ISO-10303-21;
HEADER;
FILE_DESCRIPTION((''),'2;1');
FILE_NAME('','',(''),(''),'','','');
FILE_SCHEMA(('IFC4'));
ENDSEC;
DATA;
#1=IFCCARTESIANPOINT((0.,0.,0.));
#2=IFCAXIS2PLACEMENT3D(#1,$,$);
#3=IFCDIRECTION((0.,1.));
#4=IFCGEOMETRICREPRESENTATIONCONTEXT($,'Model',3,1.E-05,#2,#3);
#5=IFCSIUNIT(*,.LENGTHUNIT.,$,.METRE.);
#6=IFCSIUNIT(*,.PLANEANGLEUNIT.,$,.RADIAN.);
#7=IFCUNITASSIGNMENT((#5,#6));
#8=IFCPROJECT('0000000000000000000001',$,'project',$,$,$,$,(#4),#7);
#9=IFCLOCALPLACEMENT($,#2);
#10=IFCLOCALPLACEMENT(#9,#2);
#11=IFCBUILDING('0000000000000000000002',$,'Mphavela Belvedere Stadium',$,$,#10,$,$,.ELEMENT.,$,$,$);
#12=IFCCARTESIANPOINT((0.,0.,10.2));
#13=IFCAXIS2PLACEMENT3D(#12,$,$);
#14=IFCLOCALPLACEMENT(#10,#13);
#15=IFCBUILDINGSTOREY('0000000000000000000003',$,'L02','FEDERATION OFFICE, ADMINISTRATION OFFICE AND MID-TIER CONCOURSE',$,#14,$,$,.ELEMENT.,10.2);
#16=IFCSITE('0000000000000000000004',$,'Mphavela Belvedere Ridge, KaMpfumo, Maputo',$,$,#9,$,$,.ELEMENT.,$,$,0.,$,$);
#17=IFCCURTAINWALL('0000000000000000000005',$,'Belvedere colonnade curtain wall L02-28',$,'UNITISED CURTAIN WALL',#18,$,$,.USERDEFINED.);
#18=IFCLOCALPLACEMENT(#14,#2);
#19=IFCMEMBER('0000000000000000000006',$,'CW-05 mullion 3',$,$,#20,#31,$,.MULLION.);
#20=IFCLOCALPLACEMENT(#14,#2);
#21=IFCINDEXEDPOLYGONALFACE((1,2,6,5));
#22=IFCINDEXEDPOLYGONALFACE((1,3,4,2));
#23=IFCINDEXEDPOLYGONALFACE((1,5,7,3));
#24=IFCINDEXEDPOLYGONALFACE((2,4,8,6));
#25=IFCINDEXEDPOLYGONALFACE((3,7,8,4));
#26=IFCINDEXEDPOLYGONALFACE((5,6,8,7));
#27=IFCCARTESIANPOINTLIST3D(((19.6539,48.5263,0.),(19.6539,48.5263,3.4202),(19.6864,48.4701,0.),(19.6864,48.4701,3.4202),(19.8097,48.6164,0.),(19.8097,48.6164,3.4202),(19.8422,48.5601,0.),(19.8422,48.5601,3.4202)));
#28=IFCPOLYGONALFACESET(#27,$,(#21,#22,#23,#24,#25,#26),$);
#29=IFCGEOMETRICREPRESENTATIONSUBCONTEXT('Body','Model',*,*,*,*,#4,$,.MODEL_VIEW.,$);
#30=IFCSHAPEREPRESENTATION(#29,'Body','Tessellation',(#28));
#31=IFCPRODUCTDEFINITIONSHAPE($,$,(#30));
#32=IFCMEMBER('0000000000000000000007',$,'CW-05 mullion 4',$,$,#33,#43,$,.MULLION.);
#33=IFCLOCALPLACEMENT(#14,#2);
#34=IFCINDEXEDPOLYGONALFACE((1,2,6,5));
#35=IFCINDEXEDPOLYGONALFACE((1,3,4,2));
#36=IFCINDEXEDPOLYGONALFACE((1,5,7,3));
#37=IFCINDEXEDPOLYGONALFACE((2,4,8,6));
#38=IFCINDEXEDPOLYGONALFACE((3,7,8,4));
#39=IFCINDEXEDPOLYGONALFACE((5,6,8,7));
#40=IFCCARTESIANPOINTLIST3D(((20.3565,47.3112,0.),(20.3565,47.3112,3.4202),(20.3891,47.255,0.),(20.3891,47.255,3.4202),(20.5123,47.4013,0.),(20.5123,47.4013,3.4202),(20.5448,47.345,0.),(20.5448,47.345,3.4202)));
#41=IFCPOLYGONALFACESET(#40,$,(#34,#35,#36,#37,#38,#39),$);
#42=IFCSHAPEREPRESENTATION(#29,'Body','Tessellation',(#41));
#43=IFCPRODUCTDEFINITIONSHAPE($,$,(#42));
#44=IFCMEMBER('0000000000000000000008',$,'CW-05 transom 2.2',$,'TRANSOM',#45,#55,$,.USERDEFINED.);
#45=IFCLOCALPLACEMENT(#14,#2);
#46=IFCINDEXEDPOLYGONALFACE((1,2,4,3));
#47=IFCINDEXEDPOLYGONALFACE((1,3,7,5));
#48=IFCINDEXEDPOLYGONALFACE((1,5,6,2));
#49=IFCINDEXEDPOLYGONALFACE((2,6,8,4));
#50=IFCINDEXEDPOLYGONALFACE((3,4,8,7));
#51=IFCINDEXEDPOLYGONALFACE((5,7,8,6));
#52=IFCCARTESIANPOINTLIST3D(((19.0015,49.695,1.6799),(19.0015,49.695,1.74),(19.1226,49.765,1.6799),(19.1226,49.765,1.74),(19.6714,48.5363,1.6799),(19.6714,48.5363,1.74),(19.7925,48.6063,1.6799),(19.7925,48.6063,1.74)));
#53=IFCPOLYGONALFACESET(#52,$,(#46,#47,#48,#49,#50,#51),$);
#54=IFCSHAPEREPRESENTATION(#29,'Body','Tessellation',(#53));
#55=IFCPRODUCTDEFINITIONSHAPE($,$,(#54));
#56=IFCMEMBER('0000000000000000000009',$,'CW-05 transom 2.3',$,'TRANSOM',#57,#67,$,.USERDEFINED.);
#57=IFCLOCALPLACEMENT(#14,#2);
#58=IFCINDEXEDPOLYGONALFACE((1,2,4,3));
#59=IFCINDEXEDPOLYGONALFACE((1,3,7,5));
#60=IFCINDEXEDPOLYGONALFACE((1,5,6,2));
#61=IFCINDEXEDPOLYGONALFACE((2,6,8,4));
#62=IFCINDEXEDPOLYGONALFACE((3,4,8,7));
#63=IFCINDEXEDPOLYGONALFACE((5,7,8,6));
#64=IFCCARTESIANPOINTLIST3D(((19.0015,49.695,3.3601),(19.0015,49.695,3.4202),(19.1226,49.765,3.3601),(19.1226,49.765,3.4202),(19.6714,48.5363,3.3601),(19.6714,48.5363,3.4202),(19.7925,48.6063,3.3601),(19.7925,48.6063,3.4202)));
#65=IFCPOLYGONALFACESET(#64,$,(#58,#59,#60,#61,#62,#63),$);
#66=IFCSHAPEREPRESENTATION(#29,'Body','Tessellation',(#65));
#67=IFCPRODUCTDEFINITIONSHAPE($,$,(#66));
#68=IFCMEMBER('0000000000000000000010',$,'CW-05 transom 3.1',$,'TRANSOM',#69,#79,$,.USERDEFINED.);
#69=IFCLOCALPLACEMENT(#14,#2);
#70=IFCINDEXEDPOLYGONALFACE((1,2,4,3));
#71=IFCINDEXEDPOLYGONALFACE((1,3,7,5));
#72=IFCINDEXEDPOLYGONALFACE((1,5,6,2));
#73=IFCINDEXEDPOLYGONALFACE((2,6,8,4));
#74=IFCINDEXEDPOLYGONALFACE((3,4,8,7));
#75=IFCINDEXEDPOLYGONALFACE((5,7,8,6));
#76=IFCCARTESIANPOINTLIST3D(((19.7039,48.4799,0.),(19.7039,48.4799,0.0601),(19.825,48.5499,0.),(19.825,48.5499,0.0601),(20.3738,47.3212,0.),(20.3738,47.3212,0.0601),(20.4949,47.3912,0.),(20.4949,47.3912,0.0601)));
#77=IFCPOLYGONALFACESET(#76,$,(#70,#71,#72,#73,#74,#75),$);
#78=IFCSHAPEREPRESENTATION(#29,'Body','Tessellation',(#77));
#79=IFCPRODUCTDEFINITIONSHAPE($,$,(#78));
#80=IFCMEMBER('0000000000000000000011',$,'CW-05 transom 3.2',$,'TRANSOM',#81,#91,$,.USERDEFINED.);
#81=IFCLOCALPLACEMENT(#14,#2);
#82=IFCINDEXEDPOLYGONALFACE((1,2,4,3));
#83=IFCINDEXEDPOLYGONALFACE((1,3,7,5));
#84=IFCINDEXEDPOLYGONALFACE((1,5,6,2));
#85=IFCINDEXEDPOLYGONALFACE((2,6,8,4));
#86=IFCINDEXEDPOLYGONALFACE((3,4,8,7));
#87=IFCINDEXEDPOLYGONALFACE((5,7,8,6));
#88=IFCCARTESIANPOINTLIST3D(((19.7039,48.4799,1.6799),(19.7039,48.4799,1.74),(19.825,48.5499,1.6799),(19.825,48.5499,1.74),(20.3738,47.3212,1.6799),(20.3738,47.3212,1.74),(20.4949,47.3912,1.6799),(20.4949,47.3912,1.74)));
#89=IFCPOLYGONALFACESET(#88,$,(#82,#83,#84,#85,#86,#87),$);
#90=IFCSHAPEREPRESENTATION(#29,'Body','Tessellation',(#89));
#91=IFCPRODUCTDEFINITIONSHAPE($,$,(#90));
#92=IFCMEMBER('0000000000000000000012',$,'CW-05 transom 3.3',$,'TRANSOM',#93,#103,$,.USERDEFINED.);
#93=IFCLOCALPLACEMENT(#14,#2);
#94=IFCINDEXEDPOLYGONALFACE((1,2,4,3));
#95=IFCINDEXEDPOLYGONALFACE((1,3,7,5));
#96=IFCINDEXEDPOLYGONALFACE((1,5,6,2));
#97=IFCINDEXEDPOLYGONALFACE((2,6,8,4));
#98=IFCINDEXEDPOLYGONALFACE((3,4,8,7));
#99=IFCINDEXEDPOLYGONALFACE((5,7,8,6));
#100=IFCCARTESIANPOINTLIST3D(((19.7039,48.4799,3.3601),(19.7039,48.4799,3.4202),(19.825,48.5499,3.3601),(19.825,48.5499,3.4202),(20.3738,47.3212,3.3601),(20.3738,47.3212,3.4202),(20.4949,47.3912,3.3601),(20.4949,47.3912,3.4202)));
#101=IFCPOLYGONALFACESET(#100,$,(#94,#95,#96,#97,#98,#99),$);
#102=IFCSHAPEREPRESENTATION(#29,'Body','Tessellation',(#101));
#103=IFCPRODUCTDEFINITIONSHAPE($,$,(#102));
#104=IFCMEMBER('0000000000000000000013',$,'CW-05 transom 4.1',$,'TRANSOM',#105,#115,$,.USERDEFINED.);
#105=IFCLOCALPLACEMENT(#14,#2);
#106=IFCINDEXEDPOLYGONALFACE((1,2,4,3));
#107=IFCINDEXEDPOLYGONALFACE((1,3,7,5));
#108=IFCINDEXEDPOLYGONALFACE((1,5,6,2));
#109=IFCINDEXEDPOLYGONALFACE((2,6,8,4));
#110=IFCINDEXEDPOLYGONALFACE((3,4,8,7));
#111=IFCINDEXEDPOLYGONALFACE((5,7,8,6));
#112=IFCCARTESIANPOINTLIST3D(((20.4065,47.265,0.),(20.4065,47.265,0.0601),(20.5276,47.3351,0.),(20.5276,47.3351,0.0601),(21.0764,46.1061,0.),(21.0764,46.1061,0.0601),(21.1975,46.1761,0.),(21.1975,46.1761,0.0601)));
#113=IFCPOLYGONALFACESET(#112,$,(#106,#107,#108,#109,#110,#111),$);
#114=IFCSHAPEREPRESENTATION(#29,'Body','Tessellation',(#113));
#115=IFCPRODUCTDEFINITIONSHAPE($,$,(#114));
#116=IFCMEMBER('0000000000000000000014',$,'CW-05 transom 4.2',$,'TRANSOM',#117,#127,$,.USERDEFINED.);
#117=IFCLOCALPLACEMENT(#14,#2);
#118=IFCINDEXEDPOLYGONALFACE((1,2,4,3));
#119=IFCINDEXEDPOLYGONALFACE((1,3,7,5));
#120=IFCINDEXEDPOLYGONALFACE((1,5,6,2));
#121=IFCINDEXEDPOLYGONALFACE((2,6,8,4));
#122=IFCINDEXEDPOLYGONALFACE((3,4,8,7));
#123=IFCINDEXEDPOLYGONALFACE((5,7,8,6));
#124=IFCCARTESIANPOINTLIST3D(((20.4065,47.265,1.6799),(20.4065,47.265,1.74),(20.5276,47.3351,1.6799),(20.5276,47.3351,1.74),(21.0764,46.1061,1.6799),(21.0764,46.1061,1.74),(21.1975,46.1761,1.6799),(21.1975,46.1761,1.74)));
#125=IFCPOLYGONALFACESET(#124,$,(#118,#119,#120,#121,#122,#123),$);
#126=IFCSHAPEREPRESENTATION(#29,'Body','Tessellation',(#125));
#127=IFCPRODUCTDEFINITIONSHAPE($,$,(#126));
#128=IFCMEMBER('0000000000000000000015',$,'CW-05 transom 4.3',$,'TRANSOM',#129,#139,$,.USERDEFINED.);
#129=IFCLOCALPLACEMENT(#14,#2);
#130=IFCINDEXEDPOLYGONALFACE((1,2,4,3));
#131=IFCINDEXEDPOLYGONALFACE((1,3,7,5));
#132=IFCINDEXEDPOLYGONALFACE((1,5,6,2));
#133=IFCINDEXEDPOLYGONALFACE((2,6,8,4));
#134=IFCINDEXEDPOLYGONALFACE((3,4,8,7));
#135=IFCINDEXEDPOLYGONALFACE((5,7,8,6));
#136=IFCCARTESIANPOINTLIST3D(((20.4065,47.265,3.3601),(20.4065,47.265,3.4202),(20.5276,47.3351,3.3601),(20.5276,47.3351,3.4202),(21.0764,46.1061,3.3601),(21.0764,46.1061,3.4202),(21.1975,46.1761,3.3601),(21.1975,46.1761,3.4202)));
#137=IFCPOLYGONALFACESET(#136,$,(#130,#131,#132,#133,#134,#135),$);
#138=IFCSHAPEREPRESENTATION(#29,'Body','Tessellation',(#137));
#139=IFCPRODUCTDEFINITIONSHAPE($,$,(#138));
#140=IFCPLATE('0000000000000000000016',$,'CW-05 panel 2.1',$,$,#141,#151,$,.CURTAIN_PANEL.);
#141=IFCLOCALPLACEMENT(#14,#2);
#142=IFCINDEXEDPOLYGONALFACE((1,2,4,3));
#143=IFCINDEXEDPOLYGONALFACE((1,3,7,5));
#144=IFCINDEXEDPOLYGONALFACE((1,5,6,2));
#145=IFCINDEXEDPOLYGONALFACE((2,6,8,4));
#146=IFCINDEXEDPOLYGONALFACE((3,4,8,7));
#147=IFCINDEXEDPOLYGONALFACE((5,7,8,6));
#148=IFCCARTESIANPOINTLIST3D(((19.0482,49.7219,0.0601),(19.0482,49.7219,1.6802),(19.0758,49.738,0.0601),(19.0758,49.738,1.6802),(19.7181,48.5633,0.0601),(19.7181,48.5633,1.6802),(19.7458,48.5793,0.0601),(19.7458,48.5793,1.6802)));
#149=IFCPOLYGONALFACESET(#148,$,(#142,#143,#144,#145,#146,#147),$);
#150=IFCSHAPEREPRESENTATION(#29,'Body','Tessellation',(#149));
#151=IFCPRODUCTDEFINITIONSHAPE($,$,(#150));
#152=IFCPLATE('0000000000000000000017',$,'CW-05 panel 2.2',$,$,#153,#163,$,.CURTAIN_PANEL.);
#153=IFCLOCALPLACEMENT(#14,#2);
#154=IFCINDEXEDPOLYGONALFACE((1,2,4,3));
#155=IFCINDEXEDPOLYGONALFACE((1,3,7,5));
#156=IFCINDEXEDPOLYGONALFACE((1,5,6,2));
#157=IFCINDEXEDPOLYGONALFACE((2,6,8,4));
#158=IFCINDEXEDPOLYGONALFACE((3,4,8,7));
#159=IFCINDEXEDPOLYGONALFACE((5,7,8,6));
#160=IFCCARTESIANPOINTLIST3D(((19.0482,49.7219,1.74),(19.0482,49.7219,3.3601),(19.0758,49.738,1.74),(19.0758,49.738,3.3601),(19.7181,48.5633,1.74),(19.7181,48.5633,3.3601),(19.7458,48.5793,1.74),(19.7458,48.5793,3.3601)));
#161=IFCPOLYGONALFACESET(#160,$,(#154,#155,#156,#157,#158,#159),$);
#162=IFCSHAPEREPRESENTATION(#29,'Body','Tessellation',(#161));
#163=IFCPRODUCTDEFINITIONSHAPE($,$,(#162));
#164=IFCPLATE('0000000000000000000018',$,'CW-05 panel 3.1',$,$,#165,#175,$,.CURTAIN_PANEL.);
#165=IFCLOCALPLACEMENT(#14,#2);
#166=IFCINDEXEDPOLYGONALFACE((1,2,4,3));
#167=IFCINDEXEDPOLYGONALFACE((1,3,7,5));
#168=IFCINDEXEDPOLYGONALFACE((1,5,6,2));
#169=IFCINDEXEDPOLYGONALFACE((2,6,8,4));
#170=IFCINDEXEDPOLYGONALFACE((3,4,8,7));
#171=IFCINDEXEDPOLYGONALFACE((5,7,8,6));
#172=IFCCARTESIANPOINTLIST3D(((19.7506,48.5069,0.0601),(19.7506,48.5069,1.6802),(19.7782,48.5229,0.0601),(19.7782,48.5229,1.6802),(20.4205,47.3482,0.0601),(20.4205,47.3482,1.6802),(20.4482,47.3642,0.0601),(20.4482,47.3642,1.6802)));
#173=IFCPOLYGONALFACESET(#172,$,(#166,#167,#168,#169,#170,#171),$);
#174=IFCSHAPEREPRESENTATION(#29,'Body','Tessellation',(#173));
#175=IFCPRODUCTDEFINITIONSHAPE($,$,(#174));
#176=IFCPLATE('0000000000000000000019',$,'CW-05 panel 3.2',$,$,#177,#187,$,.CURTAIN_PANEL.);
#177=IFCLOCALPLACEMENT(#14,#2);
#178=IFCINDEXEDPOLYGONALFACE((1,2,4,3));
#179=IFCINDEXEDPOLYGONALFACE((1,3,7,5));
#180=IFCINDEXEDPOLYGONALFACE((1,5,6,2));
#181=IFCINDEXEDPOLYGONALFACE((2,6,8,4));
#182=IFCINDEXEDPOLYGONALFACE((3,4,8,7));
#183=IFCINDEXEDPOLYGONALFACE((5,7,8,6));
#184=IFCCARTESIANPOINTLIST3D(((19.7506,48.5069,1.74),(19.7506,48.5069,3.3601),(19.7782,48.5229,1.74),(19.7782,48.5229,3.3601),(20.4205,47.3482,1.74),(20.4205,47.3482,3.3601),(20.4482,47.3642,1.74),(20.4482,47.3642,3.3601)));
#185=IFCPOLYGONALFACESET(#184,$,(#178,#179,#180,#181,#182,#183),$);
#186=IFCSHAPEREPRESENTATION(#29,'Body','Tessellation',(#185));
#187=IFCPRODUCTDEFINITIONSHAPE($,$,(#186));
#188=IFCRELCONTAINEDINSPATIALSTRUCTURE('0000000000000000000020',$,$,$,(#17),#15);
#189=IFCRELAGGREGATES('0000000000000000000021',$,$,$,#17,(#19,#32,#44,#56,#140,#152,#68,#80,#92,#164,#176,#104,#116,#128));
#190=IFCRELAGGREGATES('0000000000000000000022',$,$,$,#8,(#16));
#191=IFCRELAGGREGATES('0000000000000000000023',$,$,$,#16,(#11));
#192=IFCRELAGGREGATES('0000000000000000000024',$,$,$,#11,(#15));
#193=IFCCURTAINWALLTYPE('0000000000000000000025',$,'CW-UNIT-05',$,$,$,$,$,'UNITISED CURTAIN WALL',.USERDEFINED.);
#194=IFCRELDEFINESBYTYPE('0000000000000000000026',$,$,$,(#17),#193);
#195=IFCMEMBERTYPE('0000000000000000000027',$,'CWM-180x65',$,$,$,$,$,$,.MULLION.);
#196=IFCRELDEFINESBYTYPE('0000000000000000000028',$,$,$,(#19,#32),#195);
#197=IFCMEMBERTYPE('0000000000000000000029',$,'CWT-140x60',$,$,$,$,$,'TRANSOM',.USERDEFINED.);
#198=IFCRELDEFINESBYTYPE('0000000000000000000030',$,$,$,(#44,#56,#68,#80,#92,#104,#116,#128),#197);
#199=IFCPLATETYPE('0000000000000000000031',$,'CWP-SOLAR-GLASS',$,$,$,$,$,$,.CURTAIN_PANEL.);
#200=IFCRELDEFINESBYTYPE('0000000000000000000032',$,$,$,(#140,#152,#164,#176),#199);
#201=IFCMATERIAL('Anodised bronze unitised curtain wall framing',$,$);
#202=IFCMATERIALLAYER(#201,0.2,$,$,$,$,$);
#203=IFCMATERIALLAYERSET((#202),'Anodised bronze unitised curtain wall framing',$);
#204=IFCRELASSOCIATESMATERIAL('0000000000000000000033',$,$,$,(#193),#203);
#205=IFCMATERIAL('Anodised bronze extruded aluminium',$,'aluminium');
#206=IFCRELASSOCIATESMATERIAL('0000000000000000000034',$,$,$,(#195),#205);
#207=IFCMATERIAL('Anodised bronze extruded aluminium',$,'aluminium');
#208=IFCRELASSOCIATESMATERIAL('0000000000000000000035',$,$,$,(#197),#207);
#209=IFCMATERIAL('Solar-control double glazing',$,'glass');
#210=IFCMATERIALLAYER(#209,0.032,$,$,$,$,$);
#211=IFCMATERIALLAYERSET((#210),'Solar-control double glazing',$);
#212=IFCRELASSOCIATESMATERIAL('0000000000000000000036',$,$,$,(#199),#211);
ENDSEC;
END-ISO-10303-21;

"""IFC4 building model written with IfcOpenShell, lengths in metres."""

from ifc_helpers import new_model, si_unit, direction, frame, origin, origin_2d, place, context, subcontext, project, spatial, rectangle, extrude, material, layer, layer_set, material_profile, profile_set, type_object, element, aggregate, save


model = new_model("IFC4")

# Units and contexts
model_context = context("Model", 3, precision=1e-05, world=origin(), true_north=direction((0.0, 1.0)))
body_context = subcontext(model_context, "Body", "Model", "MODEL_VIEW")
ifc_project = project(units=[si_unit("LENGTHUNIT", "METRE"), si_unit("PLANEANGLEUNIT", "RADIAN")], contexts=[model_context])

# Site, building, storey
site_placement = place(None, origin())
site = spatial("IfcSite", under=ifc_project, at=site_placement, Name="Mphavela Belvedere Ridge, KaMpfumo, Maputo", CompositionType="ELEMENT", RefElevation=0.0)
building_placement = place(site_placement, origin())
building = spatial("IfcBuilding", under=site, at=building_placement, Name="Mphavela Belvedere Stadium", CompositionType="ELEMENT")
storey_placement = place(building_placement, frame((0.0, 0.0, 10.2)))
storey = spatial("IfcBuildingStorey", under=building, at=storey_placement, Name="L02", Description="FEDERATION OFFICE, ADMINISTRATION OFFICE AND MID-TIER CONCOURSE", CompositionType="ELEMENT", Elevation=10.2)

# Curtain wall, members, plates
ifc_material_1 = material(Name="Anodised bronze unitised curtain wall framing")
ifc_layer_1 = layer(ifc_material_1, 0.2)
ifc_layer_set_1 = layer_set([ifc_layer_1], Name="Anodised bronze unitised curtain wall framing")
curtain_wall_type = type_object("IfcCurtainWallType", Name="CW-UNIT-05", ElementType="UNITISED CURTAIN WALL", PredefinedType="USERDEFINED", material=ifc_layer_set_1)
curtain_wall_placement = place(storey_placement, origin())
curtain_wall = element("IfcCurtainWall", 1, at=curtain_wall_placement, inside=storey, type_object=curtain_wall_type, Name="Belvedere colonnade curtain wall L02-28", ObjectType="UNITISED CURTAIN WALL", PredefinedType="USERDEFINED")
ifc_material_2 = material(Name="Anodised bronze extruded aluminium", Category="aluminium")
ifc_material_profile_1 = material_profile(ifc_material_2, rectangle(XDim=0.1799, YDim=0.0649, at=origin_2d()), Name="CW-MUL 180x65")
ifc_profile_set_1 = profile_set([ifc_material_profile_1], Name="Anodised bronze extruded aluminium")
member_type_1 = type_object("IfcMemberType", Name="CWM-180x65", PredefinedType="MULLION", material=ifc_profile_set_1)
member_1_placement = place(storey_placement, frame((19.748, 48.5432, 0.0), z_axis=(0.0, 0.0, 1.0), x_axis=(0.8657, 0.500562, 0.0)))
member_1 = element("IfcMember", 2, at=member_1_placement, type_object=member_type_1, Name="CW-05 mullion 3", PredefinedType="MULLION", context=body_context, shape_type="SweptSolid", body=[
    extrude(rectangle(XDim=0.1799, YDim=0.0649, at=origin_2d()), origin(), (0.0, 0.0, 1.0), 3.4202),
])
member_2_placement = place(storey_placement, frame((20.4507, 47.3281, 0.0), z_axis=(0.0, 0.0, 1.0), x_axis=(0.8657, 0.500562, 0.0)))
member_2 = element("IfcMember", 3, at=member_2_placement, type_object=member_type_1, Name="CW-05 mullion 4", PredefinedType="MULLION", context=body_context, shape_type="SweptSolid", body=[
    extrude(rectangle(XDim=0.1799, YDim=0.0649, at=origin_2d()), origin(), (0.0, 0.0, 1.0), 3.4202),
])
ifc_material_3 = material(Name="Anodised bronze extruded aluminium", Category="aluminium")
ifc_material_profile_2 = material_profile(ifc_material_3, rectangle(XDim=0.1399, YDim=0.0601, at=origin_2d()), Name="CW-TRN 140x60")
ifc_profile_set_2 = profile_set([ifc_material_profile_2], Name="Anodised bronze extruded aluminium")
member_type_2 = type_object("IfcMemberType", Name="CWT-140x60", ElementType="TRANSOM", PredefinedType="USERDEFINED", material=ifc_profile_set_2)
member_3_placement = place(storey_placement, frame((19.062, 49.73, 1.71), z_axis=(0.500533, -0.865718, 0.0), x_axis=(0.865718, 0.500533, 0.0)))
member_3 = element("IfcMember", 4, at=member_3_placement, type_object=member_type_2, Name="CW-05 transom 2.2", ObjectType="TRANSOM", PredefinedType="USERDEFINED", context=body_context, shape_type="SweptSolid", body=[
    extrude(rectangle(XDim=0.1399, YDim=0.0601, at=origin_2d()), origin(), (0.0, 0.0, 1.0), 1.3384),
])
member_4_placement = place(storey_placement, frame((19.062, 49.73, 3.3901), z_axis=(0.500533, -0.865718, 0.0), x_axis=(0.865718, 0.500533, 0.0)))
member_4 = element("IfcMember", 5, at=member_4_placement, type_object=member_type_2, Name="CW-05 transom 2.3", ObjectType="TRANSOM", PredefinedType="USERDEFINED", context=body_context, shape_type="SweptSolid", body=[
    extrude(rectangle(XDim=0.1399, YDim=0.0601, at=origin_2d()), origin(), (0.0, 0.0, 1.0), 1.3384),
])
member_5_placement = place(storey_placement, frame((19.7644, 48.5149, 0.03), z_axis=(0.500533, -0.865718, 0.0), x_axis=(0.865718, 0.500533, 0.0)))
member_5 = element("IfcMember", 6, at=member_5_placement, type_object=member_type_2, Name="CW-05 transom 3.1", ObjectType="TRANSOM", PredefinedType="USERDEFINED", context=body_context, shape_type="SweptSolid", body=[
    extrude(rectangle(XDim=0.1399, YDim=0.0601, at=origin_2d()), origin(), (0.0, 0.0, 1.0), 1.3384),
])
member_6_placement = place(storey_placement, frame((19.7644, 48.5149, 1.71), z_axis=(0.500533, -0.865718, 0.0), x_axis=(0.865718, 0.500533, 0.0)))
member_6 = element("IfcMember", 7, at=member_6_placement, type_object=member_type_2, Name="CW-05 transom 3.2", ObjectType="TRANSOM", PredefinedType="USERDEFINED", context=body_context, shape_type="SweptSolid", body=[
    extrude(rectangle(XDim=0.1399, YDim=0.0601, at=origin_2d()), origin(), (0.0, 0.0, 1.0), 1.3384),
])
member_7_placement = place(storey_placement, frame((19.7644, 48.5149, 3.3901), z_axis=(0.500533, -0.865718, 0.0), x_axis=(0.865718, 0.500533, 0.0)))
member_7 = element("IfcMember", 8, at=member_7_placement, type_object=member_type_2, Name="CW-05 transom 3.3", ObjectType="TRANSOM", PredefinedType="USERDEFINED", context=body_context, shape_type="SweptSolid", body=[
    extrude(rectangle(XDim=0.1399, YDim=0.0601, at=origin_2d()), origin(), (0.0, 0.0, 1.0), 1.3384),
])
member_8_placement = place(storey_placement, frame((20.467, 47.3, 0.03), z_axis=(0.500454, -0.865763, 0.0), x_axis=(0.865763, 0.500454, 0.0)))
member_8 = element("IfcMember", 9, at=member_8_placement, type_object=member_type_2, Name="CW-05 transom 4.1", ObjectType="TRANSOM", PredefinedType="USERDEFINED", context=body_context, shape_type="SweptSolid", body=[
    extrude(rectangle(XDim=0.1399, YDim=0.0601, at=origin_2d()), origin(), (0.0, 0.0, 1.0), 1.3386),
])
member_9_placement = place(storey_placement, frame((20.467, 47.3, 1.71), z_axis=(0.500454, -0.865763, 0.0), x_axis=(0.865763, 0.500454, 0.0)))
member_9 = element("IfcMember", 10, at=member_9_placement, type_object=member_type_2, Name="CW-05 transom 4.2", ObjectType="TRANSOM", PredefinedType="USERDEFINED", context=body_context, shape_type="SweptSolid", body=[
    extrude(rectangle(XDim=0.1399, YDim=0.0601, at=origin_2d()), origin(), (0.0, 0.0, 1.0), 1.3386),
])
member_10_placement = place(storey_placement, frame((20.467, 47.3, 3.3901), z_axis=(0.500454, -0.865763, 0.0), x_axis=(0.865763, 0.500454, 0.0)))
member_10 = element("IfcMember", 11, at=member_10_placement, type_object=member_type_2, Name="CW-05 transom 4.3", ObjectType="TRANSOM", PredefinedType="USERDEFINED", context=body_context, shape_type="SweptSolid", body=[
    extrude(rectangle(XDim=0.1399, YDim=0.0601, at=origin_2d()), origin(), (0.0, 0.0, 1.0), 1.3386),
])
ifc_material_4 = material(Name="Solar-control double glazing", Category="glass")
ifc_layer_2 = layer(ifc_material_4, 0.032)
ifc_layer_set_2 = layer_set([ifc_layer_2], Name="Solar-control double glazing")
plate_type = type_object("IfcPlateType", Name="CWP-SOLAR-GLASS", PredefinedType="CURTAIN_PANEL", material=ifc_layer_set_2)
plate_1_placement = place(storey_placement, frame((19.397, 49.1506, 0.0601), z_axis=(0.0, 0.0, 1.0), x_axis=(0.500562, -0.8657, 0.0)))
plate_1 = element("IfcPlate", 12, at=plate_1_placement, type_object=plate_type, Name="CW-05 panel 2.1", PredefinedType="CURTAIN_PANEL", context=body_context, shape_type="SweptSolid", body=[
    extrude(rectangle(XDim=1.3384, YDim=0.032, at=origin_2d()), origin(), (0.0, 0.0, 1.0), 1.6201),
])
plate_2_placement = place(storey_placement, frame((19.397, 49.1506, 1.74), z_axis=(0.0, 0.0, 1.0), x_axis=(0.500562, -0.8657, 0.0)))
plate_2 = element("IfcPlate", 13, at=plate_2_placement, type_object=plate_type, Name="CW-05 panel 2.2", PredefinedType="CURTAIN_PANEL", context=body_context, shape_type="SweptSolid", body=[
    extrude(rectangle(XDim=1.3384, YDim=0.032, at=origin_2d()), origin(), (0.0, 0.0, 1.0), 1.6201),
])
plate_3_placement = place(storey_placement, frame((20.0994, 47.9355, 0.0601), z_axis=(0.0, 0.0, 1.0), x_axis=(0.500562, -0.8657, 0.0)))
plate_3 = element("IfcPlate", 14, at=plate_3_placement, type_object=plate_type, Name="CW-05 panel 3.1", PredefinedType="CURTAIN_PANEL", context=body_context, shape_type="SweptSolid", body=[
    extrude(rectangle(XDim=1.3384, YDim=0.032, at=origin_2d()), origin(), (0.0, 0.0, 1.0), 1.6201),
])
plate_4_placement = place(storey_placement, frame((20.0994, 47.9355, 1.74), z_axis=(0.0, 0.0, 1.0), x_axis=(0.500562, -0.8657, 0.0)))
plate_4 = element("IfcPlate", 15, at=plate_4_placement, type_object=plate_type, Name="CW-05 panel 3.2", PredefinedType="CURTAIN_PANEL", context=body_context, shape_type="SweptSolid", body=[
    extrude(rectangle(XDim=1.3384, YDim=0.032, at=origin_2d()), origin(), (0.0, 0.0, 1.0), 1.6201),
])
aggregate(curtain_wall, [member_1, member_2, member_3, member_4, plate_1, plate_2, member_5, member_6, member_7, plate_3, plate_4, member_8, member_9, member_10])

save(model, "model.ifc")
